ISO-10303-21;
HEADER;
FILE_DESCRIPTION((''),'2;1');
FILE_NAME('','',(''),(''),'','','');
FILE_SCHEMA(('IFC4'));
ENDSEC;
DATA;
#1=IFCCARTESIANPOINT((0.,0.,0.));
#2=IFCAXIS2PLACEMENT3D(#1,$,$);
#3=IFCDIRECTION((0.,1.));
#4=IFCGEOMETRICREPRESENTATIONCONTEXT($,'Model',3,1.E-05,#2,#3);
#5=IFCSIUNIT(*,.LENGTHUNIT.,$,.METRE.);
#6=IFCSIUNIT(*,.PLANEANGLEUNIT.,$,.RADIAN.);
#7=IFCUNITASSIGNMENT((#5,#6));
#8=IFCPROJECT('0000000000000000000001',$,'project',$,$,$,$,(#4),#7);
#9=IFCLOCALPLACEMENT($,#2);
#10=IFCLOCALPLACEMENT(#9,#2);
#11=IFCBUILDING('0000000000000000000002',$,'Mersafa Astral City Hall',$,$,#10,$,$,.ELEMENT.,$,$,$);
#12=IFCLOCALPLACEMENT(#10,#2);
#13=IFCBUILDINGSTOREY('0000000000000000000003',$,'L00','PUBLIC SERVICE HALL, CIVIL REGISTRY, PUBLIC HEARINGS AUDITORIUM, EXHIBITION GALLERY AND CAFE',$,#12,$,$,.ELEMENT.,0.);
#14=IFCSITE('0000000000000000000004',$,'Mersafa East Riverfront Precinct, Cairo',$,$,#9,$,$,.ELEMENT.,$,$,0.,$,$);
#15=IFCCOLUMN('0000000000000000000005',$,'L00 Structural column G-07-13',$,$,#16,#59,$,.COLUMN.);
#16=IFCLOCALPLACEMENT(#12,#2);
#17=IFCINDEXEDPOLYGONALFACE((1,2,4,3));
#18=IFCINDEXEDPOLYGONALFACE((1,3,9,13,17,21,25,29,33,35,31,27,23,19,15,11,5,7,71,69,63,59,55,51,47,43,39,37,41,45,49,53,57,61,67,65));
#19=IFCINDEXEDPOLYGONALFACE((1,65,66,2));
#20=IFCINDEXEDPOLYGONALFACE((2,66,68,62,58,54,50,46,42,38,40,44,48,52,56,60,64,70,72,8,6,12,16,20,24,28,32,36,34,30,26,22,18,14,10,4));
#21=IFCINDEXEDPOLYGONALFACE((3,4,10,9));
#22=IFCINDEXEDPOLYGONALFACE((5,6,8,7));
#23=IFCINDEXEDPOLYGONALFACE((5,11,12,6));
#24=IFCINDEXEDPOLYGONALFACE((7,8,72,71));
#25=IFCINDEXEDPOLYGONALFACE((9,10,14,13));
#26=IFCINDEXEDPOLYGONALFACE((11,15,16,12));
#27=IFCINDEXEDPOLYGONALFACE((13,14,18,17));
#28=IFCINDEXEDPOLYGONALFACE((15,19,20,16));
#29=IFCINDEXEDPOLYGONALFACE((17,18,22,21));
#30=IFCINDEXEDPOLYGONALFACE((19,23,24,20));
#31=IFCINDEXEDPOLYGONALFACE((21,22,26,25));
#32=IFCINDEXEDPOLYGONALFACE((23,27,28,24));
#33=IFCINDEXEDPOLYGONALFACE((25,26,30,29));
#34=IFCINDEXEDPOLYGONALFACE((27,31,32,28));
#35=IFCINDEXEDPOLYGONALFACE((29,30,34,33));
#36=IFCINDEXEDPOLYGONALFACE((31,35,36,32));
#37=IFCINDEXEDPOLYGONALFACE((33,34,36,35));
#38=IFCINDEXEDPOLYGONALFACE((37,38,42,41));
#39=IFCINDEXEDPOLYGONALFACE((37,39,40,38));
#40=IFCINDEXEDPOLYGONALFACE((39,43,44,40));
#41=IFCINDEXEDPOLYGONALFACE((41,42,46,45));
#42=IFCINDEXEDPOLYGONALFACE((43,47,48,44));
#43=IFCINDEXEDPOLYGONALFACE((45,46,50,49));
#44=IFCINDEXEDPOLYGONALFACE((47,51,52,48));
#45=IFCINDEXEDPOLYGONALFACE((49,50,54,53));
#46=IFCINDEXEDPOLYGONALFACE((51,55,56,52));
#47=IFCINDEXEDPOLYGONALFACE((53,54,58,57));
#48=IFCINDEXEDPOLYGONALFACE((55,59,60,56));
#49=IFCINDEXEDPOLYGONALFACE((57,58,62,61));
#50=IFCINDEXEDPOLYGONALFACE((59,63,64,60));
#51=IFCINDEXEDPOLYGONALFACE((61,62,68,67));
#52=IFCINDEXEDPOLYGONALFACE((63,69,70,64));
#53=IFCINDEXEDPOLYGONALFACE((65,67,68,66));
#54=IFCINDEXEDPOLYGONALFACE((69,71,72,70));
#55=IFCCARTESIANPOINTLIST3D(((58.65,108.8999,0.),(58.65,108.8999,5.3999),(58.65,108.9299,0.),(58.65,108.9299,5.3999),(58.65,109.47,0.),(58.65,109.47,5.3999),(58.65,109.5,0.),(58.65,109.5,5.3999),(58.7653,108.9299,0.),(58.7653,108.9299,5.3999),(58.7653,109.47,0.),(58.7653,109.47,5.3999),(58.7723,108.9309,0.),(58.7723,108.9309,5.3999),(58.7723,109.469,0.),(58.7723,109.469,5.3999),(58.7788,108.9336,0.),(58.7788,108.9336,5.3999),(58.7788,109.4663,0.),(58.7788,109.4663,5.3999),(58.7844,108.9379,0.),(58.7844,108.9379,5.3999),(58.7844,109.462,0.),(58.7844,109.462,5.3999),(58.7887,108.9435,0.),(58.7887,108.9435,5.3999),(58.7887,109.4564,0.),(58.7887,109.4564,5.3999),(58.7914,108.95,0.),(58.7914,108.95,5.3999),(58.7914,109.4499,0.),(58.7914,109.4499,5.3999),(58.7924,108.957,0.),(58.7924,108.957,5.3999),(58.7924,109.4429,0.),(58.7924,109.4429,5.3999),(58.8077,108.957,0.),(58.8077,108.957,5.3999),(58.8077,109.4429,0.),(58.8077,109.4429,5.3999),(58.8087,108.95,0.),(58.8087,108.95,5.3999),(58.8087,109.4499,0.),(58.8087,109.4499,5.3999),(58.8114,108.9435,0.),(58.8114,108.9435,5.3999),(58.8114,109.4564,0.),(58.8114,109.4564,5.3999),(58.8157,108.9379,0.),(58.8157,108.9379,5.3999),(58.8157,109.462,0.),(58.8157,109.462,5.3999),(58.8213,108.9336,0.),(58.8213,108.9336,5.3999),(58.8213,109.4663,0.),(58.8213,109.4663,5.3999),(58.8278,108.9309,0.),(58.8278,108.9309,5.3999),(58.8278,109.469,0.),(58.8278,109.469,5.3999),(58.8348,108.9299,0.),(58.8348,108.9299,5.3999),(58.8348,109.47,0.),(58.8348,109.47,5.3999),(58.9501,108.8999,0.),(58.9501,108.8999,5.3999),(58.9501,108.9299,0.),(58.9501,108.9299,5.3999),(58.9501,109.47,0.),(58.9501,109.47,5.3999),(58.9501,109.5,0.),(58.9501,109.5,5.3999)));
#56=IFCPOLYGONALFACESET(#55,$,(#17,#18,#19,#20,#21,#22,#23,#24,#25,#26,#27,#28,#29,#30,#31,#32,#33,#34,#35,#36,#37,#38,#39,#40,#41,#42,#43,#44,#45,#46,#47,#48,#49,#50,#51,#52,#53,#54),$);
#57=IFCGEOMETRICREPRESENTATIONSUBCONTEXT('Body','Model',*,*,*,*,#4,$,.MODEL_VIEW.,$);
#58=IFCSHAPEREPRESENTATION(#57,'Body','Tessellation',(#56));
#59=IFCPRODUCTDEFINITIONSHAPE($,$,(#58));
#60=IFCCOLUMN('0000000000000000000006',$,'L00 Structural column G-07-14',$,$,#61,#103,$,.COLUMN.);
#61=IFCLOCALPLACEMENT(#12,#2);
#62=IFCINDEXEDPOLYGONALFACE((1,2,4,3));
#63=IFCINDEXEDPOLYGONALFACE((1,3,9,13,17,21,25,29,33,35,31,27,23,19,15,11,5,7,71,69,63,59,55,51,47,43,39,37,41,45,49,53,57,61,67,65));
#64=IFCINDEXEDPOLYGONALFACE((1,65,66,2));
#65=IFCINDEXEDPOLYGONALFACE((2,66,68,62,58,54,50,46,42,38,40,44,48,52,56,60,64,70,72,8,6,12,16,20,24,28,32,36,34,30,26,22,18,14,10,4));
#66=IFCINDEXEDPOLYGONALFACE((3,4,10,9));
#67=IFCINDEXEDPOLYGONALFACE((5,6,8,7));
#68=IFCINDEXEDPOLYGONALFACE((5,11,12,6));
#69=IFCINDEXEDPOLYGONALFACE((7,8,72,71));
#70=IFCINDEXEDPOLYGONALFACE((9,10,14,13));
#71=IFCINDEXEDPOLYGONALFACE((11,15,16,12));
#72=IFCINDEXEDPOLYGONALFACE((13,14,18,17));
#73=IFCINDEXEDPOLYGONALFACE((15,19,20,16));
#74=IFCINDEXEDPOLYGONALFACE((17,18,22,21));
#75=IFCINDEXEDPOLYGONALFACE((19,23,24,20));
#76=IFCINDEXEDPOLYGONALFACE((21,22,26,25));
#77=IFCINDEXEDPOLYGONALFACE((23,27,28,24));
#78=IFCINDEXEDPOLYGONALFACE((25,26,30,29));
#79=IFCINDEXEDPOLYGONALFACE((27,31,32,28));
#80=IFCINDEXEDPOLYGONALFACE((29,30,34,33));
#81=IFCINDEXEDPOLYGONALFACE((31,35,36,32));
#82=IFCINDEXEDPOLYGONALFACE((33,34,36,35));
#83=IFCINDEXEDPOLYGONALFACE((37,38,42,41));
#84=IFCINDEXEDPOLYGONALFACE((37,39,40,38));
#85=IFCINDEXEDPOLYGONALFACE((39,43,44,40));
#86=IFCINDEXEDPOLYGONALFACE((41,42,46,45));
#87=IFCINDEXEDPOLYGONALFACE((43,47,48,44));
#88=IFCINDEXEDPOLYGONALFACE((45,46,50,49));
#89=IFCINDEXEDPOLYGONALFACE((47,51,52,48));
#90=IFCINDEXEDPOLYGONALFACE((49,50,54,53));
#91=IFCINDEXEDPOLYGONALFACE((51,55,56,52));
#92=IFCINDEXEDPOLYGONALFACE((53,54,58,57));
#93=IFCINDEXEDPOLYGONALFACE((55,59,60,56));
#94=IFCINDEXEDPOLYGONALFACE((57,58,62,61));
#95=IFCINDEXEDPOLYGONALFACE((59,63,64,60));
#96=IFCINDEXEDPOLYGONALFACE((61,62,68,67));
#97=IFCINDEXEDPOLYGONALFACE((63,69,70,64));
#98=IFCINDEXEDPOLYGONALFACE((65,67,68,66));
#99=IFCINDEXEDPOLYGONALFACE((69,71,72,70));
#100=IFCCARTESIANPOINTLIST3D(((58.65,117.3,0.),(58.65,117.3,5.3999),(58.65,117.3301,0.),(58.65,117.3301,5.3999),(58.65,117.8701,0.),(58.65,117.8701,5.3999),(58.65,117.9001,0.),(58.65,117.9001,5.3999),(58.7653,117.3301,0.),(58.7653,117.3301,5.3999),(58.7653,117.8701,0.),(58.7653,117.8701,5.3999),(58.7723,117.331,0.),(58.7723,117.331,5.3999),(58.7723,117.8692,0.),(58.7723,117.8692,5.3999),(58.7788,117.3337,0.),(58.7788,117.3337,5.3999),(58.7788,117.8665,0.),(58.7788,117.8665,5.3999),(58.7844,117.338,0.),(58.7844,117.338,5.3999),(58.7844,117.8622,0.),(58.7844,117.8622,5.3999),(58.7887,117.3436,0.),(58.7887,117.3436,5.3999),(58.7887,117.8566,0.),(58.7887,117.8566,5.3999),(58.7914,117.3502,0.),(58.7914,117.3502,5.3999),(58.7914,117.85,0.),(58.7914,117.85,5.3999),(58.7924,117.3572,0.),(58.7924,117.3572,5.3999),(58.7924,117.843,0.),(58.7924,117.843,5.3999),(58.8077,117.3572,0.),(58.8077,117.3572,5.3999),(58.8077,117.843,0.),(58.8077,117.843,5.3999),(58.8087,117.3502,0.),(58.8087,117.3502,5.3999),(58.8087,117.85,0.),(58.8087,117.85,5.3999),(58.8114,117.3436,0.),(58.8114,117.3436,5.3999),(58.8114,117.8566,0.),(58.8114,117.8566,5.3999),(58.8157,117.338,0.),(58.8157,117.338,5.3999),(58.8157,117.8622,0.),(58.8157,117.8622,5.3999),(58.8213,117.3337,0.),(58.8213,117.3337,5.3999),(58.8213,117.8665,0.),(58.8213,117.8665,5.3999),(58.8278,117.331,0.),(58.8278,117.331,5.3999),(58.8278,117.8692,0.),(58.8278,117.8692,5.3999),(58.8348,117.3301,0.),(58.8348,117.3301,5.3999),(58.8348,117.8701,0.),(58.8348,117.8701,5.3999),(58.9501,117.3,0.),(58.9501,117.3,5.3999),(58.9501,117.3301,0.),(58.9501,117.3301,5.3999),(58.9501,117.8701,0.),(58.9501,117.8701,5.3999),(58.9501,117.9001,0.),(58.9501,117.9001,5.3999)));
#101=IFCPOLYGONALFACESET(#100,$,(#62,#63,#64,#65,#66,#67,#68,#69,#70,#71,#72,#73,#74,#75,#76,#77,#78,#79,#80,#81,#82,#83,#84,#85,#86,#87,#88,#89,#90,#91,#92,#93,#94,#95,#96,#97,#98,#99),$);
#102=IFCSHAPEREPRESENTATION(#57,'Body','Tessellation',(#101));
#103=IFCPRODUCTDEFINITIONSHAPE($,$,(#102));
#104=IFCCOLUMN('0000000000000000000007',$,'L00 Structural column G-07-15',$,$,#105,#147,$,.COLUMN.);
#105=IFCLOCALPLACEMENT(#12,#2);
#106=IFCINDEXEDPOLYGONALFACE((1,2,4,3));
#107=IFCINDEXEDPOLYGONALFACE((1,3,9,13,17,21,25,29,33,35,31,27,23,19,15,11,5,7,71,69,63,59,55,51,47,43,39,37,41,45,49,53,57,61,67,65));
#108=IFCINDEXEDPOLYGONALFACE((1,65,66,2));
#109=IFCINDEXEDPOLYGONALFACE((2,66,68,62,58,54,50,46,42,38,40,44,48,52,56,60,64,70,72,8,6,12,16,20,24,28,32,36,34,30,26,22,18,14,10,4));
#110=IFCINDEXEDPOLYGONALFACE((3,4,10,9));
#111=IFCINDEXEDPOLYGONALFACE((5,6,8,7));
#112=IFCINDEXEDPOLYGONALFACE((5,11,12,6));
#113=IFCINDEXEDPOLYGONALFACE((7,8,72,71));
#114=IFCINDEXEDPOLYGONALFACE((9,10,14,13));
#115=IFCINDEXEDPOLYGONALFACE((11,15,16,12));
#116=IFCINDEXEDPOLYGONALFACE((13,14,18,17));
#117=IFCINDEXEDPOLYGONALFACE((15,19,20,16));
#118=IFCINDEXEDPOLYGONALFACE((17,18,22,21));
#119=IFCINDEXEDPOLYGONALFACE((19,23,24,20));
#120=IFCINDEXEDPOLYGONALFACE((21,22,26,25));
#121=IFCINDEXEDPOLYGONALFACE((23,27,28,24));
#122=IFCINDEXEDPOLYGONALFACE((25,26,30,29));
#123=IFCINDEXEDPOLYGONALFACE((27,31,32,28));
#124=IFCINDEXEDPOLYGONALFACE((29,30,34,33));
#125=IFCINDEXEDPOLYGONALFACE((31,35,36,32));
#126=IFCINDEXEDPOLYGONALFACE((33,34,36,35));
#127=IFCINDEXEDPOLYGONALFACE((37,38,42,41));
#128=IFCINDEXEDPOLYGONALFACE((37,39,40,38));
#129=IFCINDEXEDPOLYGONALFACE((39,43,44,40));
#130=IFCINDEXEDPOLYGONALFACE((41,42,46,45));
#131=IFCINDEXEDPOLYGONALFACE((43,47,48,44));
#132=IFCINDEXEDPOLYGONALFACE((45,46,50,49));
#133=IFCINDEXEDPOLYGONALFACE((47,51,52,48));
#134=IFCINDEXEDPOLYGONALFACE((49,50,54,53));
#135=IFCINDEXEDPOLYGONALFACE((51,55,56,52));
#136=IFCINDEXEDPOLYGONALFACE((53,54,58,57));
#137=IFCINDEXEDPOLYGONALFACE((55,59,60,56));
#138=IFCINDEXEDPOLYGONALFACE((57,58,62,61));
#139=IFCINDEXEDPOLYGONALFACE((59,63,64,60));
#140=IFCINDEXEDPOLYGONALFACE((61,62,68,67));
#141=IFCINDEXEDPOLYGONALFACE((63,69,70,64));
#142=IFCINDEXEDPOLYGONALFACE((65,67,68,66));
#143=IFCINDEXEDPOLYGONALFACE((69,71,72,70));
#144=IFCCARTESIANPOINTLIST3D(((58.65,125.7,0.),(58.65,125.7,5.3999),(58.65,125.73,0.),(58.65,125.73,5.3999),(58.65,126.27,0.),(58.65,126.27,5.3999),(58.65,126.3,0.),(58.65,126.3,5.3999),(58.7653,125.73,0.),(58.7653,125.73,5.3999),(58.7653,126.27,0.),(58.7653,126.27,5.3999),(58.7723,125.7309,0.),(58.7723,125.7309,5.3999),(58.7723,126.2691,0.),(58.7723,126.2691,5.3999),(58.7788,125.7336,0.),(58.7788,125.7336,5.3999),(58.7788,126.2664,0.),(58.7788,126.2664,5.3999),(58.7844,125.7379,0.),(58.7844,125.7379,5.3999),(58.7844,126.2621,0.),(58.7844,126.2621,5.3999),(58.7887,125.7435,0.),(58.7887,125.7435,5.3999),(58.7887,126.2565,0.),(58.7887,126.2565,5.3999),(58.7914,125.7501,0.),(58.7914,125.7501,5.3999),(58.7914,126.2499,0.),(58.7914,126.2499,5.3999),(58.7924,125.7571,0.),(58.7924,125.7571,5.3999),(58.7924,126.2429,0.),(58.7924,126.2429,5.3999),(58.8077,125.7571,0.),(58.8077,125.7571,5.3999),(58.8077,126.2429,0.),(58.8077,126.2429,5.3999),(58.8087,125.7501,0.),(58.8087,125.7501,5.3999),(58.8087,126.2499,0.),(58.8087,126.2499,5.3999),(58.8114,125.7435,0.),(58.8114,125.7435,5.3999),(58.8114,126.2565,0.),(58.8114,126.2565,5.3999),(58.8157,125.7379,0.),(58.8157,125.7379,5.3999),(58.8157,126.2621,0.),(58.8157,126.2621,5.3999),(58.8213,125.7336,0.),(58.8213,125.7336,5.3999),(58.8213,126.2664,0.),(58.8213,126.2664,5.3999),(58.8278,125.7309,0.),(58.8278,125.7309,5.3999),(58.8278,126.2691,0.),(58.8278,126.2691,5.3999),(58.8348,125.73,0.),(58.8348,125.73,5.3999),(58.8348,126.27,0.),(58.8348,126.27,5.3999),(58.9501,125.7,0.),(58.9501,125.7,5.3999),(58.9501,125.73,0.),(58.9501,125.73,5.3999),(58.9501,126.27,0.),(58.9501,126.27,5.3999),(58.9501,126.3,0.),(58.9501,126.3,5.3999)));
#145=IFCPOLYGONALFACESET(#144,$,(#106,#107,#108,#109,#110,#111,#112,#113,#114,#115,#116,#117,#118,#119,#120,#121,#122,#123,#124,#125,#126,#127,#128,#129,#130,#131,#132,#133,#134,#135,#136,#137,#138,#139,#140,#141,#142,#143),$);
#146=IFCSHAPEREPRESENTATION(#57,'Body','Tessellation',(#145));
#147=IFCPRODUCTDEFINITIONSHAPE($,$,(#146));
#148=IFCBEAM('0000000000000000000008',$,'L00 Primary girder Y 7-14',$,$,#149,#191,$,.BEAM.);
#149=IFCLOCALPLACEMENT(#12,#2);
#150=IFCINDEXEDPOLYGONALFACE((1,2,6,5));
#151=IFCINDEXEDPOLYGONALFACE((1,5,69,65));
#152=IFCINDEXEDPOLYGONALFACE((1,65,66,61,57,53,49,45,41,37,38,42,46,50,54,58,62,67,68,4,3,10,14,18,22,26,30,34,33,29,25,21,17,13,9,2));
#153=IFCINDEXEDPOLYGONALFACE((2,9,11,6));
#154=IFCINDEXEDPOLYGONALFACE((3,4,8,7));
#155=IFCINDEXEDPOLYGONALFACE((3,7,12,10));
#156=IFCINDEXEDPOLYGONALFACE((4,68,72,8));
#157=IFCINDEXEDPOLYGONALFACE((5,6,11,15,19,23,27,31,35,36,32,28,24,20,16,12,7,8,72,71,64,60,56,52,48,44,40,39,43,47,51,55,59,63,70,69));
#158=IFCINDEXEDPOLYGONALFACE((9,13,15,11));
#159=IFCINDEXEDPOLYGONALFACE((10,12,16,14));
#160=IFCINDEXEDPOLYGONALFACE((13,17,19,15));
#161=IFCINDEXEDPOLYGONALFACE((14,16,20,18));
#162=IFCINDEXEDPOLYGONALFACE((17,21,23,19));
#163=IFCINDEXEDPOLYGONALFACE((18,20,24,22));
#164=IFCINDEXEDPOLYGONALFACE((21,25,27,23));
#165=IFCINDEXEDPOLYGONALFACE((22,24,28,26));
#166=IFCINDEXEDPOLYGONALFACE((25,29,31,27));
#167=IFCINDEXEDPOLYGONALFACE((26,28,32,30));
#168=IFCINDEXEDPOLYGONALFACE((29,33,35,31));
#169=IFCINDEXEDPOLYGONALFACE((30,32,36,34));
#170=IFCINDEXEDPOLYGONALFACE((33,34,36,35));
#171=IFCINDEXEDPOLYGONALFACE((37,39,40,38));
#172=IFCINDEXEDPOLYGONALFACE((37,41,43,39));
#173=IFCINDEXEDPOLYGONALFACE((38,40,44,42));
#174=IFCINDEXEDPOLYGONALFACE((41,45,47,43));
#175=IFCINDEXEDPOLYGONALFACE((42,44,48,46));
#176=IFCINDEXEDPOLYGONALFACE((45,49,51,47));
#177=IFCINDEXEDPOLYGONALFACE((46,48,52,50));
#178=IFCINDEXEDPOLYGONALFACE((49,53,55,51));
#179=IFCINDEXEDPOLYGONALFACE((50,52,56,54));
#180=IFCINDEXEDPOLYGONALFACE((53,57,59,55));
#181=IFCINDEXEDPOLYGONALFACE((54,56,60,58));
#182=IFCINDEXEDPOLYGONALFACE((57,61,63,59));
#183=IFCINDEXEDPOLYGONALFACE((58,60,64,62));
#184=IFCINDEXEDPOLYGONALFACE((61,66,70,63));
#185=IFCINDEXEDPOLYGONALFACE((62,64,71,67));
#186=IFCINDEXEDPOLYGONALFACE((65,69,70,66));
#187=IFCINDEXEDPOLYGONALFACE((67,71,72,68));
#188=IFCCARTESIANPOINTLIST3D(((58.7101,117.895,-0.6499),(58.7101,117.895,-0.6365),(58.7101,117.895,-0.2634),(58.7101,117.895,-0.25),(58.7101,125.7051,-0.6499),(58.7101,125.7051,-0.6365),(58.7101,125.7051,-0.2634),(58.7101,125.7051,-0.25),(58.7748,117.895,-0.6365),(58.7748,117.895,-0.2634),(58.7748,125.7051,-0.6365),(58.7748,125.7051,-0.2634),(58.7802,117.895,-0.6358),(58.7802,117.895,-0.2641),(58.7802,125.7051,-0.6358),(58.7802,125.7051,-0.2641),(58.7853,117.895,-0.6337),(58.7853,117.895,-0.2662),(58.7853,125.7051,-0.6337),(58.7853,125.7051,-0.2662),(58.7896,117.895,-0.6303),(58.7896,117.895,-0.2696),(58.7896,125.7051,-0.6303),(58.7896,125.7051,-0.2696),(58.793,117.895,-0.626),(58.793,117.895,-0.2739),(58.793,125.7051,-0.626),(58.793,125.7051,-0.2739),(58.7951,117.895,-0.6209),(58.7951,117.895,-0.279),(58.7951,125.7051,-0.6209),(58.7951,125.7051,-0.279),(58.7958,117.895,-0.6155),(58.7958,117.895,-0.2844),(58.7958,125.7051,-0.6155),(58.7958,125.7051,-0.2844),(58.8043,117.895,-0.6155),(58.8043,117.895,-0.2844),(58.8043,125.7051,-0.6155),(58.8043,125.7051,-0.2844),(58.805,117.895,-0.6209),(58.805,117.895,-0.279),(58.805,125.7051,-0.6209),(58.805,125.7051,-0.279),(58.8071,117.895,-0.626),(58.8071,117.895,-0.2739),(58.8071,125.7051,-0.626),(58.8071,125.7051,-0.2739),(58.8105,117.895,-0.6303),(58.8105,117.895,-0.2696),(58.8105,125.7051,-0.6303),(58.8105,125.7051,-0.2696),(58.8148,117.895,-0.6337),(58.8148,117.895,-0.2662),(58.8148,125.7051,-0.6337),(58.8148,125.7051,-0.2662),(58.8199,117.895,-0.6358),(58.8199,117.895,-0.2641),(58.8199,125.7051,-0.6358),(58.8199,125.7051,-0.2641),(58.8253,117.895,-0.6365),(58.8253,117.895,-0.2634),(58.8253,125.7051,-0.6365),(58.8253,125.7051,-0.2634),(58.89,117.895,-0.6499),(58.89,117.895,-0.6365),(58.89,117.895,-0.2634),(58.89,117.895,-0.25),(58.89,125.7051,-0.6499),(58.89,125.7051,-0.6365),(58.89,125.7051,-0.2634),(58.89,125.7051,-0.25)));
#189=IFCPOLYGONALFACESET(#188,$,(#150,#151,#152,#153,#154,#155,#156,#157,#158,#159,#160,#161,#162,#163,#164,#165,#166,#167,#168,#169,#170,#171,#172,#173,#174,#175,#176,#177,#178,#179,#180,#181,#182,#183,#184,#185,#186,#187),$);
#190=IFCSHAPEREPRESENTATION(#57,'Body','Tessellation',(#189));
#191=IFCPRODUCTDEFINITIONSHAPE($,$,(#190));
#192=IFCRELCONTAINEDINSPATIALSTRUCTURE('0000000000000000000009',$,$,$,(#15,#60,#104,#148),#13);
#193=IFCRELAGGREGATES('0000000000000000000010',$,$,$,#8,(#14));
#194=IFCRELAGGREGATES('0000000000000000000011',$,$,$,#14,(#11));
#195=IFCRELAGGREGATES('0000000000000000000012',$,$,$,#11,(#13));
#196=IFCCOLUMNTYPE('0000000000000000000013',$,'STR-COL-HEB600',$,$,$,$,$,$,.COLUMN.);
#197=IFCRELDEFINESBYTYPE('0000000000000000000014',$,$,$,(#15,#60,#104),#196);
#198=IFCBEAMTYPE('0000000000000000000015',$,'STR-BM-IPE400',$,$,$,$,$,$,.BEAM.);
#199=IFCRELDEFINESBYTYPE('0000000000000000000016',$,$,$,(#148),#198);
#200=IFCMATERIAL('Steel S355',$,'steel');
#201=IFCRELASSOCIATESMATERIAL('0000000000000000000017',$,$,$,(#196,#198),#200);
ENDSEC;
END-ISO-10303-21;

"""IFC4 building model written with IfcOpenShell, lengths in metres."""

from ifc_helpers import new_model, si_unit, direction, frame, origin, origin_2d, place, context, subcontext, project, spatial, i_section, extrude, material, material_profile, profile_set, type_object, element, save


model = new_model("IFC4")

# Units and contexts
model_context = context("Model", 3, precision=1e-05, world=origin(), true_north=direction((0.0, 1.0)))
body_context = subcontext(model_context, "Body", "Model", "MODEL_VIEW")
ifc_project = project(units=[si_unit("LENGTHUNIT", "METRE"), si_unit("PLANEANGLEUNIT", "RADIAN")], contexts=[model_context])

# Site, building, storey
site_placement = place(None, origin())
site = spatial("IfcSite", under=ifc_project, at=site_placement, Name="Mersafa East Riverfront Precinct, Cairo", CompositionType="ELEMENT", RefElevation=0.0)
building_placement = place(site_placement, origin())
building = spatial("IfcBuilding", under=site, at=building_placement, Name="Mersafa Astral City Hall", CompositionType="ELEMENT")
storey_placement = place(building_placement, origin())
storey = spatial("IfcBuildingStorey", under=building, at=storey_placement, Name="L00", Description="PUBLIC SERVICE HALL, CIVIL REGISTRY, PUBLIC HEARINGS AUDITORIUM, EXHIBITION GALLERY AND CAFE", CompositionType="ELEMENT", Elevation=0.0)

# Columns
ifc_material_1 = material(Name="Steel S355", Category="steel")
ifc_material_profile_1 = material_profile(ifc_material_1, i_section(OverallWidth=0.3, OverallDepth=0.6001, WebThickness=0.0154, FlangeThickness=0.03, FilletRadius=0.0271, at=origin_2d()), Name="HEB 600")
ifc_profile_set_1 = profile_set([ifc_material_profile_1], Name="Steel S355")
column_type = type_object("IfcColumnType", Name="STR-COL-HEB600", PredefinedType="COLUMN", material=ifc_profile_set_1)
for number, where, z_axis, x_axis, name in (
    (1, (58.8, 109.2, 0.0), (0.0, 0.0, 1.0), (1.0, 0.0, 0.0), "L00 Structural column G-07-13"),
    (2, (58.8, 117.6001, 0.0), (0.0, 0.0, 1.0), (1.0, 0.0, 0.0), "L00 Structural column G-07-14"),
    (3, (58.8, 126.0, 0.0), (0.0, 0.0, 1.0), (1.0, 0.0, 0.0), "L00 Structural column G-07-15"),
):
    element("IfcColumn", number, at=place(storey_placement, frame(where, z_axis=z_axis, x_axis=x_axis)), inside=storey, type_object=column_type, Name=name, PredefinedType="COLUMN", context=body_context, shape_type="SweptSolid", body=[
        extrude(i_section(OverallWidth=0.3, OverallDepth=0.6001, WebThickness=0.0154, FlangeThickness=0.03, FilletRadius=0.0271, at=origin_2d()), origin(), (0.0, 0.0, 1.0), 5.3999),
    ])

# Beam
ifc_material_profile_2 = material_profile(ifc_material_1, i_section(OverallWidth=0.1799, OverallDepth=0.3999, WebThickness=0.0085, FlangeThickness=0.0134, FilletRadius=0.021, at=origin_2d()), Name="IPE 400")
ifc_profile_set_2 = profile_set([ifc_material_profile_2], Name="Steel S355")
beam_type_1 = type_object("IfcBeamType", Name="STR-BM-IPE400", PredefinedType="BEAM", material=ifc_profile_set_2)
beam_1_placement = place(storey_placement, frame((58.8, 117.895, -0.45), z_axis=(0.0, 1.0, 0.0), x_axis=(-1.0, 0.0, 0.0)))
element("IfcBeam", 4, at=beam_1_placement, inside=storey, type_object=beam_type_1, Name="L00 Primary girder Y 7-14", PredefinedType="BEAM", context=body_context, shape_type="SweptSolid", body=[
    extrude(i_section(OverallWidth=0.1799, OverallDepth=0.3999, WebThickness=0.0085, FlangeThickness=0.0134, FilletRadius=0.021, at=origin_2d()), origin(), (0.0, 0.0, 1.0), 7.8101),
])

save(model, "model.ifc")
